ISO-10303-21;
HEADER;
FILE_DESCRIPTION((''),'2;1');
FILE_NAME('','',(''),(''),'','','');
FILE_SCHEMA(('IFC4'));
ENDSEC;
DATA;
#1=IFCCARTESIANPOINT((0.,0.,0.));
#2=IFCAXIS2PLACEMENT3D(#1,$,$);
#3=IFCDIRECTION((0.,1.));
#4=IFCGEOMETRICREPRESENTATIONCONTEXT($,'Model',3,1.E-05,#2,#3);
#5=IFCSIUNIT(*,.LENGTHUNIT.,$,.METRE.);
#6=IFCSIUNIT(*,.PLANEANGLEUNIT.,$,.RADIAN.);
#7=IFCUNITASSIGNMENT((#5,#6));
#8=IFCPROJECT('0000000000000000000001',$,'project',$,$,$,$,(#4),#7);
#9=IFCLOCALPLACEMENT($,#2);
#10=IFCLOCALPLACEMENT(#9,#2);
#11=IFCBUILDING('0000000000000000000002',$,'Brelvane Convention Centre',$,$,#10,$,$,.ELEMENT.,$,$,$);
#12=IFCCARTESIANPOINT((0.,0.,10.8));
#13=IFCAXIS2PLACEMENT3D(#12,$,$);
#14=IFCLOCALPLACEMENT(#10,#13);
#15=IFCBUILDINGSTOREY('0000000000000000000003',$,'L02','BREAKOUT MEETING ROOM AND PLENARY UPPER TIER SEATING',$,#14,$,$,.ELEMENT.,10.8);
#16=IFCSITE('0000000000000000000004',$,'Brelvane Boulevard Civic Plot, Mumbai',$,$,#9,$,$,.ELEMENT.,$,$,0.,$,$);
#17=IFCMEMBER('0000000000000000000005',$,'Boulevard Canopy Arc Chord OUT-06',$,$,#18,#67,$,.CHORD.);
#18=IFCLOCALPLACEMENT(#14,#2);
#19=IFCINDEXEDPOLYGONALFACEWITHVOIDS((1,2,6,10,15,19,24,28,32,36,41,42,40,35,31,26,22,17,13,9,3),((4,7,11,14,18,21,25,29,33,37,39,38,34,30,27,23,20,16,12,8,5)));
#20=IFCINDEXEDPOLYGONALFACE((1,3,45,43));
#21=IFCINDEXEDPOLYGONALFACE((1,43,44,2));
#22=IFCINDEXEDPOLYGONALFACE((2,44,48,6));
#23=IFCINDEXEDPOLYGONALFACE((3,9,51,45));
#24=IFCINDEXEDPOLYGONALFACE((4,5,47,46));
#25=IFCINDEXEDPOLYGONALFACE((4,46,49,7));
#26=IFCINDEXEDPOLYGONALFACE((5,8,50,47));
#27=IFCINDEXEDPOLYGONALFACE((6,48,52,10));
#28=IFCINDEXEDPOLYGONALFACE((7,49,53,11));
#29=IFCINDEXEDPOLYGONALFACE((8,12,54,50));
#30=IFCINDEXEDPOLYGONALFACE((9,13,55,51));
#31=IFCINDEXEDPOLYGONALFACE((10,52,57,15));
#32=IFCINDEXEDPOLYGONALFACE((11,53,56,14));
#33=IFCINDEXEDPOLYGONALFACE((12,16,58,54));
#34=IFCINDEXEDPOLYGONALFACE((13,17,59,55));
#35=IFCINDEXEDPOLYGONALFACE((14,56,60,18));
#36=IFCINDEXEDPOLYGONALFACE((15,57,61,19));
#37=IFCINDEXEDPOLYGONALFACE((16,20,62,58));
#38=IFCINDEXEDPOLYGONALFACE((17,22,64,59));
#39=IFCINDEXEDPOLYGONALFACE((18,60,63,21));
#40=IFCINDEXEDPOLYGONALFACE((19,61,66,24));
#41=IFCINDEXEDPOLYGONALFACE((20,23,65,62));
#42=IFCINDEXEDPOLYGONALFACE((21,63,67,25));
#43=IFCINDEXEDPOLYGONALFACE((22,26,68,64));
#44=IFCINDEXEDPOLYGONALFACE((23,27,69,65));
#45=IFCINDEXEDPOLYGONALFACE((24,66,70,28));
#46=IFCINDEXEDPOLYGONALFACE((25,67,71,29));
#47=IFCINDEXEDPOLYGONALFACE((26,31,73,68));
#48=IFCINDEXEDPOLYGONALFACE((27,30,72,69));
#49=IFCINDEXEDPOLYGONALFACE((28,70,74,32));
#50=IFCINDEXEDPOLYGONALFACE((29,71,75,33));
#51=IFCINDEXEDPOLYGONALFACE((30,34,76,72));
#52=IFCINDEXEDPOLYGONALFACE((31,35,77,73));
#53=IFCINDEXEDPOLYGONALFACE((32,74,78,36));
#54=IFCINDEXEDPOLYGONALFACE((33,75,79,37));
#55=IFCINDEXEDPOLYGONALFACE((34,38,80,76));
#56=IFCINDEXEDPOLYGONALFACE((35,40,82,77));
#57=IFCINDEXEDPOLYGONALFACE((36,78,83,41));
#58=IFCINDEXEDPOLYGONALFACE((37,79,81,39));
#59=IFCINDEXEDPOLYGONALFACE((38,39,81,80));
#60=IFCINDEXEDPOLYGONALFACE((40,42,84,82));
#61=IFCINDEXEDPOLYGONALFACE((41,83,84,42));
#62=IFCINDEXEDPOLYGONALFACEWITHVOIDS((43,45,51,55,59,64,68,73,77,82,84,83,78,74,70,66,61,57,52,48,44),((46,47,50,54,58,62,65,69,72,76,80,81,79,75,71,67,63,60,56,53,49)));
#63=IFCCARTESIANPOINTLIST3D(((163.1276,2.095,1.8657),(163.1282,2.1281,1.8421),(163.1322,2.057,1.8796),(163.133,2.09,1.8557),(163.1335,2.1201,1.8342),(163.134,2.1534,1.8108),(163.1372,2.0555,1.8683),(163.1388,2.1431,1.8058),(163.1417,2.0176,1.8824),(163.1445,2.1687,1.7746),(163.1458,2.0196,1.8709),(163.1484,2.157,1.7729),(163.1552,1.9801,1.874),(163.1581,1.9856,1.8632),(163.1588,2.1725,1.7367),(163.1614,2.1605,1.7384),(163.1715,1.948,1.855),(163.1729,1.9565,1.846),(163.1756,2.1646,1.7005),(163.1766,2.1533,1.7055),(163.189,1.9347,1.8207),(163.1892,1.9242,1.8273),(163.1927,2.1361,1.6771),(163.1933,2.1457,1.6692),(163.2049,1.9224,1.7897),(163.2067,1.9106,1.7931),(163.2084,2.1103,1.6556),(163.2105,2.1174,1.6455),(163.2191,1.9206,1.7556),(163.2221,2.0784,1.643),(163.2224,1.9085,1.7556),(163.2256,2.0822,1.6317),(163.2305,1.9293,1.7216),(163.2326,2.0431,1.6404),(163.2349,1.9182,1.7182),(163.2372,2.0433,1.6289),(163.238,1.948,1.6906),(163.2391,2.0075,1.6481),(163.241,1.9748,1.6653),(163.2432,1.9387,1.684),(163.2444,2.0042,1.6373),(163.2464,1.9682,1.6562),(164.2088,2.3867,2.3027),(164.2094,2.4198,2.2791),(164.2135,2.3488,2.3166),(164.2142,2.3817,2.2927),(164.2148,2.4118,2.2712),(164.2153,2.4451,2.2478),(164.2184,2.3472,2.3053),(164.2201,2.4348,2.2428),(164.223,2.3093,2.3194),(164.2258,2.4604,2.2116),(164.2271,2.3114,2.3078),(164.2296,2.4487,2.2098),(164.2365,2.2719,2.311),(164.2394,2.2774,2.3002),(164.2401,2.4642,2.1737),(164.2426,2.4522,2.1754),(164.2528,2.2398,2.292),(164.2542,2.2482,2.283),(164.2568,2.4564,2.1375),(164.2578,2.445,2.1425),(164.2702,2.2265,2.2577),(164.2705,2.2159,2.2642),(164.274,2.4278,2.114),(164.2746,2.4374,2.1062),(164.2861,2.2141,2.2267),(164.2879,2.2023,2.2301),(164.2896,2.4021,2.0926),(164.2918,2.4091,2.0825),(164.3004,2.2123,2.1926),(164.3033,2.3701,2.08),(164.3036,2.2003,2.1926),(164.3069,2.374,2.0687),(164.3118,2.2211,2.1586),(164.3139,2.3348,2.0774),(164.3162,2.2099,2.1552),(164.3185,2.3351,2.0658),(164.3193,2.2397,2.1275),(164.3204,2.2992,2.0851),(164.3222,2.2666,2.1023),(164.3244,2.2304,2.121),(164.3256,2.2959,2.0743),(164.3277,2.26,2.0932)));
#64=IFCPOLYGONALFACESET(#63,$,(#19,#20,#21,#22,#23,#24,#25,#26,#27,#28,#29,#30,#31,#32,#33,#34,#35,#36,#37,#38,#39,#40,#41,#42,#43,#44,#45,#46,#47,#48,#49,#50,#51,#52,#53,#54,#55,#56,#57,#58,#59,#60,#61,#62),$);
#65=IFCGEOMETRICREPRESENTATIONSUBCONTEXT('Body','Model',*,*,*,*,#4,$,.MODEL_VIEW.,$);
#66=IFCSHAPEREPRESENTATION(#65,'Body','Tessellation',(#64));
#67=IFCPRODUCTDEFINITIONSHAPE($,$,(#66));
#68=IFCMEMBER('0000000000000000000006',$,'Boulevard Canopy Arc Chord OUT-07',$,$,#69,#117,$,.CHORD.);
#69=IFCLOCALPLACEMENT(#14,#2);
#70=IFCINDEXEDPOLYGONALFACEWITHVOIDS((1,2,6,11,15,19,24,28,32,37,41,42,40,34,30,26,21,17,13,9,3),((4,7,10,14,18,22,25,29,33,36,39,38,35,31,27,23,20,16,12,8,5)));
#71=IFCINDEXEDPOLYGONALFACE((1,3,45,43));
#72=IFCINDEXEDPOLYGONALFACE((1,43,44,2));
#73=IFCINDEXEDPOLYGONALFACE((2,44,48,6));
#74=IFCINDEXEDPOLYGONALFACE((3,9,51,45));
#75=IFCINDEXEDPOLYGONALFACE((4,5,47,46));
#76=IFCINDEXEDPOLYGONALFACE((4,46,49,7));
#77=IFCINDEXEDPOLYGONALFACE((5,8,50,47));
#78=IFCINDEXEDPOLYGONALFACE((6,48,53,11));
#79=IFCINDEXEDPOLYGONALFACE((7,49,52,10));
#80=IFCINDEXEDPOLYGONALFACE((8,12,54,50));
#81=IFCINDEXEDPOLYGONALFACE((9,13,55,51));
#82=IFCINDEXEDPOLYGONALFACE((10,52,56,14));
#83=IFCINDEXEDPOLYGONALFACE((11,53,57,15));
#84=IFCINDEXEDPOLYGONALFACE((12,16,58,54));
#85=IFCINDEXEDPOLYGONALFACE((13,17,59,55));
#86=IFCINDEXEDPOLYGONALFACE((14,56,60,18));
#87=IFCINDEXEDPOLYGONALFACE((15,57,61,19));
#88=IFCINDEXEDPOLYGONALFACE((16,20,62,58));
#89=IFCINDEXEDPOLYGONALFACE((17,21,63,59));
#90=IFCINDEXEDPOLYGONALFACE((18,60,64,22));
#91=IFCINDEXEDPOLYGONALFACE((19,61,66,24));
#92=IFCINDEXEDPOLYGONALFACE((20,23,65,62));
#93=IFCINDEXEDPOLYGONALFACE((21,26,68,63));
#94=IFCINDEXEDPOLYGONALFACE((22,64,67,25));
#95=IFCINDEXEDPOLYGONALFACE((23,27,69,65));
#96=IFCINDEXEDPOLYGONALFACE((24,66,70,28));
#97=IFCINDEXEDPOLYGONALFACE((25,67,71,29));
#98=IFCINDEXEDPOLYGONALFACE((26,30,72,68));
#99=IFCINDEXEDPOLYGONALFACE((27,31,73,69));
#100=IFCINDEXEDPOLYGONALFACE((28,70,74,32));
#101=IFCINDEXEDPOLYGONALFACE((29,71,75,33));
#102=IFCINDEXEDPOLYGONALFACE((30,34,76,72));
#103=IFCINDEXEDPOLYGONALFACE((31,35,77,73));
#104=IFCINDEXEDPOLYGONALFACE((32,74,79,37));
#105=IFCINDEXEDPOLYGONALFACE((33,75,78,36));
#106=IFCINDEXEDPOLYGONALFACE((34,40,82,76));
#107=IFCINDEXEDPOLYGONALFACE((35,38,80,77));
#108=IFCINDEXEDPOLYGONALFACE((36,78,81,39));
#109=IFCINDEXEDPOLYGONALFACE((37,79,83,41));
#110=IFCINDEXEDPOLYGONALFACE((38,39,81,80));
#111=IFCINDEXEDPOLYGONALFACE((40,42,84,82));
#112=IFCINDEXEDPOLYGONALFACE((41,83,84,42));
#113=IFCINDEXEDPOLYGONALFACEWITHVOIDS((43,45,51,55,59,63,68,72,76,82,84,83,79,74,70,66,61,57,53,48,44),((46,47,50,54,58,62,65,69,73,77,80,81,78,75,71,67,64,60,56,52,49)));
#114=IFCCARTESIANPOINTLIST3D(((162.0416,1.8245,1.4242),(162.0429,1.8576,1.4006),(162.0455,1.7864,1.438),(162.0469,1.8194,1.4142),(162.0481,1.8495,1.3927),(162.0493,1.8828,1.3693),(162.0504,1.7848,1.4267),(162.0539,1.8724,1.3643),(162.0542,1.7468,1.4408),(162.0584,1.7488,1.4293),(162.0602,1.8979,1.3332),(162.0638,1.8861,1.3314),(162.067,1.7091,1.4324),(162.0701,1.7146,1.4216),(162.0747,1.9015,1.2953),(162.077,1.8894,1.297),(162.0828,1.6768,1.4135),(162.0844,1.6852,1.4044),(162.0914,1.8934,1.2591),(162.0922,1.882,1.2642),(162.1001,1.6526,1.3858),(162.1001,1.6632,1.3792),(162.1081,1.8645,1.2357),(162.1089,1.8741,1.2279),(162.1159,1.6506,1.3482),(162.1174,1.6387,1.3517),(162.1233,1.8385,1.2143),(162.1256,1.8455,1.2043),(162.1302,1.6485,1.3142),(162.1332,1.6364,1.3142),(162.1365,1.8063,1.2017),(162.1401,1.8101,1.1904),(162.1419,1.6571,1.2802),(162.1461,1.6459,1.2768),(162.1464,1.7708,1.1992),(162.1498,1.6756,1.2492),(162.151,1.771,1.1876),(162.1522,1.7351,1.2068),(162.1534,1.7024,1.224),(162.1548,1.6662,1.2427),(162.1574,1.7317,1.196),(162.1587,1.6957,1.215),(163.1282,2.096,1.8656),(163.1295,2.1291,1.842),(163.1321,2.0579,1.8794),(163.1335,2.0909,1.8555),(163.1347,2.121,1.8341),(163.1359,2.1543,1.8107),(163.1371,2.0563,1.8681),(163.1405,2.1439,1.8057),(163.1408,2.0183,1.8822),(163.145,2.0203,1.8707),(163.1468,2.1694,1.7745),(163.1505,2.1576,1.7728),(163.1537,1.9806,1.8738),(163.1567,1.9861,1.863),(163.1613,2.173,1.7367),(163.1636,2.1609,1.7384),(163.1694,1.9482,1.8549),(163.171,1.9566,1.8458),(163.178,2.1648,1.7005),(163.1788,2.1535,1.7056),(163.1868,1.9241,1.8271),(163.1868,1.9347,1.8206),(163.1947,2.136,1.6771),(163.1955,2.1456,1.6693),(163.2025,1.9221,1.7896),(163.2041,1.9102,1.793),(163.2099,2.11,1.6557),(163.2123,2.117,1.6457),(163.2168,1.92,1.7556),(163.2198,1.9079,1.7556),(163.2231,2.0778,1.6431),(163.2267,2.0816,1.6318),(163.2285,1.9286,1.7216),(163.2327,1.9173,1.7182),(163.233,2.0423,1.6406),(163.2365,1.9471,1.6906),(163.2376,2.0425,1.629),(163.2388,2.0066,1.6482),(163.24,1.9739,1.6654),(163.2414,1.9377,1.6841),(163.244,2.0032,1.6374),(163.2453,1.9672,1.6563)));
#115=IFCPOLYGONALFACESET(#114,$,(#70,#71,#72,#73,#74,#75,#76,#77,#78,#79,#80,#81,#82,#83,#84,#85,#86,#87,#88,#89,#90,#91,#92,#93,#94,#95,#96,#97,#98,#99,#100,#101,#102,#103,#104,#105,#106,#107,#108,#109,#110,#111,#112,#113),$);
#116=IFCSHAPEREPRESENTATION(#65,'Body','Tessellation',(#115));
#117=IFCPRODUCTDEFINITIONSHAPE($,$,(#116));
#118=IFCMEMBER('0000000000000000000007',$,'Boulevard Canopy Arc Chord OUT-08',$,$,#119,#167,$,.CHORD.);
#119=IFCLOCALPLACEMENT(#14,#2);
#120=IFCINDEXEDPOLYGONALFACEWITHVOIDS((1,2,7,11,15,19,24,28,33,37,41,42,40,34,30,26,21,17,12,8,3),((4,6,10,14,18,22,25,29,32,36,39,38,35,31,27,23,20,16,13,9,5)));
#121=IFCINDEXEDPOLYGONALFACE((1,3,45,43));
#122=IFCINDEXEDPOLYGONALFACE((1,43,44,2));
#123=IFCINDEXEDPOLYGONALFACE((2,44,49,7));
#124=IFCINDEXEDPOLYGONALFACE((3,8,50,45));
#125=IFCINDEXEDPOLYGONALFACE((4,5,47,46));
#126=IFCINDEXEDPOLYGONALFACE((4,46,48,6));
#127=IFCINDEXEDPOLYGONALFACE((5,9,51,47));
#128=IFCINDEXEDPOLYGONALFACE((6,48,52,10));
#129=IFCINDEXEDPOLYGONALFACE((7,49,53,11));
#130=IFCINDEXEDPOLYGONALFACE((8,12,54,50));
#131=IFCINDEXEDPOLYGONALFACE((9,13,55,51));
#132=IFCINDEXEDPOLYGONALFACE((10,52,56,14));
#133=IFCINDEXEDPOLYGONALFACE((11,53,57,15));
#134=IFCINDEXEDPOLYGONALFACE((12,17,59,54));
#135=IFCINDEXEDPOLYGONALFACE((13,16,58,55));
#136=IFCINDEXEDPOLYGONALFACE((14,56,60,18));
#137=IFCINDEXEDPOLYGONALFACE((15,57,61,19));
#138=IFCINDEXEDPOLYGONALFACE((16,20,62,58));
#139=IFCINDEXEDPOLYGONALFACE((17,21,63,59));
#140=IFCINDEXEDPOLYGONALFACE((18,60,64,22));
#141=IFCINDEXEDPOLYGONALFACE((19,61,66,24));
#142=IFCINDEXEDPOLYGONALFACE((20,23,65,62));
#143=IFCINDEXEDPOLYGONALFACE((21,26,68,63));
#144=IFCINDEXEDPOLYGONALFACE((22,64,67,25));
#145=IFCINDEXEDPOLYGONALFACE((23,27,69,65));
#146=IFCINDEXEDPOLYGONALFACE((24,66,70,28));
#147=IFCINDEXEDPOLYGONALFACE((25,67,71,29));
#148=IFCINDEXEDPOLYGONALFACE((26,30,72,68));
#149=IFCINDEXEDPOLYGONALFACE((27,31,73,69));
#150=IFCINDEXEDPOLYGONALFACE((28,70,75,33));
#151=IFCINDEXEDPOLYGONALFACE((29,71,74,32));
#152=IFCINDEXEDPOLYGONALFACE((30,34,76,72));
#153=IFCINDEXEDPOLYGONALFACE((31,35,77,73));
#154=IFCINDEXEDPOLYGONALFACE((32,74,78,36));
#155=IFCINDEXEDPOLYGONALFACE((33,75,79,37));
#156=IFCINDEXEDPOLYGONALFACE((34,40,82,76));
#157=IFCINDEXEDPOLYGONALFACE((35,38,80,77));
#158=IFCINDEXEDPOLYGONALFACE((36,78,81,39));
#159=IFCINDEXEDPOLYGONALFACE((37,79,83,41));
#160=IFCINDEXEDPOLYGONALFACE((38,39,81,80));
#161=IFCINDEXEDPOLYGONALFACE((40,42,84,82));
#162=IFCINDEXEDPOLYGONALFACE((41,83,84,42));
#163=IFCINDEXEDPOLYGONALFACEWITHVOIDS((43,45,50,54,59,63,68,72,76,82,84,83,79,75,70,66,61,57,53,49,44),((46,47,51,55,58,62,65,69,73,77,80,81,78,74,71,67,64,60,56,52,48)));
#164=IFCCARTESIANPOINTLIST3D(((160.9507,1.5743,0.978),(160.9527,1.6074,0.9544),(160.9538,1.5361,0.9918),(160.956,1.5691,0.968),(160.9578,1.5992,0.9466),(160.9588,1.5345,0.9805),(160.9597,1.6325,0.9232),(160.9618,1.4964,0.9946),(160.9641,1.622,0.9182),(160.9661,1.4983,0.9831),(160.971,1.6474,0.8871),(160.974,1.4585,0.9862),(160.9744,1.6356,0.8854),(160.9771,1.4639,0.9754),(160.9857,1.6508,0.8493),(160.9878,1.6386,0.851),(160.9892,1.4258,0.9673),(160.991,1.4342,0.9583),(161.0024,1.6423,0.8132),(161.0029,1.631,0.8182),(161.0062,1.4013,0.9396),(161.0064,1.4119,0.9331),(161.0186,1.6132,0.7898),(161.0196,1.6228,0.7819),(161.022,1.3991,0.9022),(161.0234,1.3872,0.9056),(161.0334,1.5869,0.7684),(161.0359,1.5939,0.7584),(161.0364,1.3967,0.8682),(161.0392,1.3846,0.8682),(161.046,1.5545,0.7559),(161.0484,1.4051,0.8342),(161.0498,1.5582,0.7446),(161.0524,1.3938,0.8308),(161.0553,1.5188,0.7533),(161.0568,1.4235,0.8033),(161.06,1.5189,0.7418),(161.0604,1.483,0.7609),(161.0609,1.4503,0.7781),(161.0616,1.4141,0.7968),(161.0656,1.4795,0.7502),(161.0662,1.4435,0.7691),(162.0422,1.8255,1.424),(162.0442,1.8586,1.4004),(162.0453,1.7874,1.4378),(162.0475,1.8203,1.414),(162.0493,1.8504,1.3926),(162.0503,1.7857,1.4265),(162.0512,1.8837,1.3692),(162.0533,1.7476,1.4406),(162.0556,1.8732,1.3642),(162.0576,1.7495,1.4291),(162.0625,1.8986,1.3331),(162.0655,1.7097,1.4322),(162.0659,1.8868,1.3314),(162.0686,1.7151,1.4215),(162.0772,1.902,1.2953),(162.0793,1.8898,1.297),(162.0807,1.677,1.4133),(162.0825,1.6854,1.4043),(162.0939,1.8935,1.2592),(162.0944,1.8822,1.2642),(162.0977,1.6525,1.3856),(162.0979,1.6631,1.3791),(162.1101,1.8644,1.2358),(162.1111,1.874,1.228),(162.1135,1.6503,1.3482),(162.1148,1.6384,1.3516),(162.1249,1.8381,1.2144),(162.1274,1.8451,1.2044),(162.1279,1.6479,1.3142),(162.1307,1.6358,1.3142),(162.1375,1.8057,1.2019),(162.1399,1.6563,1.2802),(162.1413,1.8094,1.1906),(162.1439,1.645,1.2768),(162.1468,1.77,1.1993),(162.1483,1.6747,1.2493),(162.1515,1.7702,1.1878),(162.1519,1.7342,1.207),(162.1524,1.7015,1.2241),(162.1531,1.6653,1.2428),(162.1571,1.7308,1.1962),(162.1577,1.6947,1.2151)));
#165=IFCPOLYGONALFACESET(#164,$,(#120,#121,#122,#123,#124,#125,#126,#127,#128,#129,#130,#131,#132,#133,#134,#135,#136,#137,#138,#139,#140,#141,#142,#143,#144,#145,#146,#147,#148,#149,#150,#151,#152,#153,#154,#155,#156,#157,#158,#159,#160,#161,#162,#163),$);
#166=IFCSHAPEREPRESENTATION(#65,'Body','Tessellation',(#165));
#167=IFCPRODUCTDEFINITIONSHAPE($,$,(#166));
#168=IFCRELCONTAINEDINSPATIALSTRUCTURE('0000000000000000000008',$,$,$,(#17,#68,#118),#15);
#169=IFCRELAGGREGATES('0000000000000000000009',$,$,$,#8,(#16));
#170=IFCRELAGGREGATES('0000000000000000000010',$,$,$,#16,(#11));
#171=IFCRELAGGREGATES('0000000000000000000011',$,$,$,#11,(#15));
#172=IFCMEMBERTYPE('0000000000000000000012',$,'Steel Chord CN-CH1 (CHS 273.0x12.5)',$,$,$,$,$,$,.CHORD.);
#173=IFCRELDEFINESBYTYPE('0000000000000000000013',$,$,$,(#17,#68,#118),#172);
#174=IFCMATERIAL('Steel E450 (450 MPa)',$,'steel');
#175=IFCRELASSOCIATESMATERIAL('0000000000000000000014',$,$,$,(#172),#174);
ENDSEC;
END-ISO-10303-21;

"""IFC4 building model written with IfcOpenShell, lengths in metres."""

from ifc_helpers import new_model, si_unit, direction, frame, origin, origin_2d, place, context, subcontext, project, spatial, hollow_circle, extrude, material, material_profile, profile_set, type_object, element, save


model = new_model("IFC4")

# Units and contexts
model_context = context("Model", 3, precision=1e-05, world=origin(), true_north=direction((0.0, 1.0)))
body_context = subcontext(model_context, "Body", "Model", "MODEL_VIEW")
ifc_project = project(units=[si_unit("LENGTHUNIT", "METRE"), si_unit("PLANEANGLEUNIT", "RADIAN")], contexts=[model_context])

# Site, building, storey
site_placement = place(None, origin())
site = spatial("IfcSite", under=ifc_project, at=site_placement, Name="Brelvane Boulevard Civic Plot, Mumbai", CompositionType="ELEMENT", RefElevation=0.0)
building_placement = place(site_placement, origin())
building = spatial("IfcBuilding", under=site, at=building_placement, Name="Brelvane Convention Centre", CompositionType="ELEMENT")
storey_placement = place(building_placement, frame((0.0, 0.0, 10.8)))
storey = spatial("IfcBuildingStorey", under=building, at=storey_placement, Name="L02", Description="BREAKOUT MEETING ROOM AND PLENARY UPPER TIER SEATING", CompositionType="ELEMENT", Elevation=10.8)

# Members
ifc_material_1 = material(Name="Steel E450 (450 MPa)", Category="steel")
ifc_material_profile_1 = material_profile(ifc_material_1, hollow_circle(Radius=0.1365, WallThickness=0.0125, at=origin_2d()), Name="CHS 273.0x12.5")
ifc_profile_set_1 = profile_set([ifc_material_profile_1], Name="Steel E450 (450 MPa)")
member_type_1 = type_object("IfcMemberType", Name="Steel Chord CN-CH1 (CHS 273.0x12.5)", PredefinedType="CHORD", material=ifc_profile_set_1)
member_1_placement = place(storey_placement, frame((164.2681, 2.332, 2.1926), z_axis=(-0.899428, -0.242677, -0.363508), x_axis=(0.260497, -0.965475, 0.0)))
element("IfcMember", 1, at=member_1_placement, inside=storey, type_object=member_type_1, Name="Boulevard Canopy Arc Chord OUT-06", PredefinedType="CHORD", context=body_context, shape_type="SweptSolid", body=[
    extrude(hollow_circle(Radius=0.1365, WallThickness=0.0125, at=origin_2d()), origin(), (0.0, 0.0, 1.0), 1.2021),
])
member_2_placement = place(storey_placement, frame((163.1868, 2.0403, 1.7556), z_axis=(-0.902619, -0.225503, -0.366644), x_axis=(0.242382, -0.970181, 0.0)))
element("IfcMember", 2, at=member_2_placement, inside=storey, type_object=member_type_1, Name="Boulevard Canopy Arc Chord OUT-07", PredefinedType="CHORD", context=body_context, shape_type="SweptSolid", body=[
    extrude(hollow_circle(Radius=0.1365, WallThickness=0.0125, at=origin_2d()), origin(), (0.0, 0.0, 1.0), 1.2039),
])
member_3_placement = place(storey_placement, frame((162.1001, 1.7688, 1.3142), z_axis=(-0.905376, -0.208372, -0.369967), x_axis=(0.224286, -0.974523, 0.0)))
element("IfcMember", 3, at=member_3_placement, inside=storey, type_object=member_type_1, Name="Boulevard Canopy Arc Chord OUT-08", PredefinedType="CHORD", context=body_context, shape_type="SweptSolid", body=[
    extrude(hollow_circle(Radius=0.1365, WallThickness=0.0125, at=origin_2d()), origin(), (0.0, 0.0, 1.0), 1.2056),
])

save(model, "model.ifc")
